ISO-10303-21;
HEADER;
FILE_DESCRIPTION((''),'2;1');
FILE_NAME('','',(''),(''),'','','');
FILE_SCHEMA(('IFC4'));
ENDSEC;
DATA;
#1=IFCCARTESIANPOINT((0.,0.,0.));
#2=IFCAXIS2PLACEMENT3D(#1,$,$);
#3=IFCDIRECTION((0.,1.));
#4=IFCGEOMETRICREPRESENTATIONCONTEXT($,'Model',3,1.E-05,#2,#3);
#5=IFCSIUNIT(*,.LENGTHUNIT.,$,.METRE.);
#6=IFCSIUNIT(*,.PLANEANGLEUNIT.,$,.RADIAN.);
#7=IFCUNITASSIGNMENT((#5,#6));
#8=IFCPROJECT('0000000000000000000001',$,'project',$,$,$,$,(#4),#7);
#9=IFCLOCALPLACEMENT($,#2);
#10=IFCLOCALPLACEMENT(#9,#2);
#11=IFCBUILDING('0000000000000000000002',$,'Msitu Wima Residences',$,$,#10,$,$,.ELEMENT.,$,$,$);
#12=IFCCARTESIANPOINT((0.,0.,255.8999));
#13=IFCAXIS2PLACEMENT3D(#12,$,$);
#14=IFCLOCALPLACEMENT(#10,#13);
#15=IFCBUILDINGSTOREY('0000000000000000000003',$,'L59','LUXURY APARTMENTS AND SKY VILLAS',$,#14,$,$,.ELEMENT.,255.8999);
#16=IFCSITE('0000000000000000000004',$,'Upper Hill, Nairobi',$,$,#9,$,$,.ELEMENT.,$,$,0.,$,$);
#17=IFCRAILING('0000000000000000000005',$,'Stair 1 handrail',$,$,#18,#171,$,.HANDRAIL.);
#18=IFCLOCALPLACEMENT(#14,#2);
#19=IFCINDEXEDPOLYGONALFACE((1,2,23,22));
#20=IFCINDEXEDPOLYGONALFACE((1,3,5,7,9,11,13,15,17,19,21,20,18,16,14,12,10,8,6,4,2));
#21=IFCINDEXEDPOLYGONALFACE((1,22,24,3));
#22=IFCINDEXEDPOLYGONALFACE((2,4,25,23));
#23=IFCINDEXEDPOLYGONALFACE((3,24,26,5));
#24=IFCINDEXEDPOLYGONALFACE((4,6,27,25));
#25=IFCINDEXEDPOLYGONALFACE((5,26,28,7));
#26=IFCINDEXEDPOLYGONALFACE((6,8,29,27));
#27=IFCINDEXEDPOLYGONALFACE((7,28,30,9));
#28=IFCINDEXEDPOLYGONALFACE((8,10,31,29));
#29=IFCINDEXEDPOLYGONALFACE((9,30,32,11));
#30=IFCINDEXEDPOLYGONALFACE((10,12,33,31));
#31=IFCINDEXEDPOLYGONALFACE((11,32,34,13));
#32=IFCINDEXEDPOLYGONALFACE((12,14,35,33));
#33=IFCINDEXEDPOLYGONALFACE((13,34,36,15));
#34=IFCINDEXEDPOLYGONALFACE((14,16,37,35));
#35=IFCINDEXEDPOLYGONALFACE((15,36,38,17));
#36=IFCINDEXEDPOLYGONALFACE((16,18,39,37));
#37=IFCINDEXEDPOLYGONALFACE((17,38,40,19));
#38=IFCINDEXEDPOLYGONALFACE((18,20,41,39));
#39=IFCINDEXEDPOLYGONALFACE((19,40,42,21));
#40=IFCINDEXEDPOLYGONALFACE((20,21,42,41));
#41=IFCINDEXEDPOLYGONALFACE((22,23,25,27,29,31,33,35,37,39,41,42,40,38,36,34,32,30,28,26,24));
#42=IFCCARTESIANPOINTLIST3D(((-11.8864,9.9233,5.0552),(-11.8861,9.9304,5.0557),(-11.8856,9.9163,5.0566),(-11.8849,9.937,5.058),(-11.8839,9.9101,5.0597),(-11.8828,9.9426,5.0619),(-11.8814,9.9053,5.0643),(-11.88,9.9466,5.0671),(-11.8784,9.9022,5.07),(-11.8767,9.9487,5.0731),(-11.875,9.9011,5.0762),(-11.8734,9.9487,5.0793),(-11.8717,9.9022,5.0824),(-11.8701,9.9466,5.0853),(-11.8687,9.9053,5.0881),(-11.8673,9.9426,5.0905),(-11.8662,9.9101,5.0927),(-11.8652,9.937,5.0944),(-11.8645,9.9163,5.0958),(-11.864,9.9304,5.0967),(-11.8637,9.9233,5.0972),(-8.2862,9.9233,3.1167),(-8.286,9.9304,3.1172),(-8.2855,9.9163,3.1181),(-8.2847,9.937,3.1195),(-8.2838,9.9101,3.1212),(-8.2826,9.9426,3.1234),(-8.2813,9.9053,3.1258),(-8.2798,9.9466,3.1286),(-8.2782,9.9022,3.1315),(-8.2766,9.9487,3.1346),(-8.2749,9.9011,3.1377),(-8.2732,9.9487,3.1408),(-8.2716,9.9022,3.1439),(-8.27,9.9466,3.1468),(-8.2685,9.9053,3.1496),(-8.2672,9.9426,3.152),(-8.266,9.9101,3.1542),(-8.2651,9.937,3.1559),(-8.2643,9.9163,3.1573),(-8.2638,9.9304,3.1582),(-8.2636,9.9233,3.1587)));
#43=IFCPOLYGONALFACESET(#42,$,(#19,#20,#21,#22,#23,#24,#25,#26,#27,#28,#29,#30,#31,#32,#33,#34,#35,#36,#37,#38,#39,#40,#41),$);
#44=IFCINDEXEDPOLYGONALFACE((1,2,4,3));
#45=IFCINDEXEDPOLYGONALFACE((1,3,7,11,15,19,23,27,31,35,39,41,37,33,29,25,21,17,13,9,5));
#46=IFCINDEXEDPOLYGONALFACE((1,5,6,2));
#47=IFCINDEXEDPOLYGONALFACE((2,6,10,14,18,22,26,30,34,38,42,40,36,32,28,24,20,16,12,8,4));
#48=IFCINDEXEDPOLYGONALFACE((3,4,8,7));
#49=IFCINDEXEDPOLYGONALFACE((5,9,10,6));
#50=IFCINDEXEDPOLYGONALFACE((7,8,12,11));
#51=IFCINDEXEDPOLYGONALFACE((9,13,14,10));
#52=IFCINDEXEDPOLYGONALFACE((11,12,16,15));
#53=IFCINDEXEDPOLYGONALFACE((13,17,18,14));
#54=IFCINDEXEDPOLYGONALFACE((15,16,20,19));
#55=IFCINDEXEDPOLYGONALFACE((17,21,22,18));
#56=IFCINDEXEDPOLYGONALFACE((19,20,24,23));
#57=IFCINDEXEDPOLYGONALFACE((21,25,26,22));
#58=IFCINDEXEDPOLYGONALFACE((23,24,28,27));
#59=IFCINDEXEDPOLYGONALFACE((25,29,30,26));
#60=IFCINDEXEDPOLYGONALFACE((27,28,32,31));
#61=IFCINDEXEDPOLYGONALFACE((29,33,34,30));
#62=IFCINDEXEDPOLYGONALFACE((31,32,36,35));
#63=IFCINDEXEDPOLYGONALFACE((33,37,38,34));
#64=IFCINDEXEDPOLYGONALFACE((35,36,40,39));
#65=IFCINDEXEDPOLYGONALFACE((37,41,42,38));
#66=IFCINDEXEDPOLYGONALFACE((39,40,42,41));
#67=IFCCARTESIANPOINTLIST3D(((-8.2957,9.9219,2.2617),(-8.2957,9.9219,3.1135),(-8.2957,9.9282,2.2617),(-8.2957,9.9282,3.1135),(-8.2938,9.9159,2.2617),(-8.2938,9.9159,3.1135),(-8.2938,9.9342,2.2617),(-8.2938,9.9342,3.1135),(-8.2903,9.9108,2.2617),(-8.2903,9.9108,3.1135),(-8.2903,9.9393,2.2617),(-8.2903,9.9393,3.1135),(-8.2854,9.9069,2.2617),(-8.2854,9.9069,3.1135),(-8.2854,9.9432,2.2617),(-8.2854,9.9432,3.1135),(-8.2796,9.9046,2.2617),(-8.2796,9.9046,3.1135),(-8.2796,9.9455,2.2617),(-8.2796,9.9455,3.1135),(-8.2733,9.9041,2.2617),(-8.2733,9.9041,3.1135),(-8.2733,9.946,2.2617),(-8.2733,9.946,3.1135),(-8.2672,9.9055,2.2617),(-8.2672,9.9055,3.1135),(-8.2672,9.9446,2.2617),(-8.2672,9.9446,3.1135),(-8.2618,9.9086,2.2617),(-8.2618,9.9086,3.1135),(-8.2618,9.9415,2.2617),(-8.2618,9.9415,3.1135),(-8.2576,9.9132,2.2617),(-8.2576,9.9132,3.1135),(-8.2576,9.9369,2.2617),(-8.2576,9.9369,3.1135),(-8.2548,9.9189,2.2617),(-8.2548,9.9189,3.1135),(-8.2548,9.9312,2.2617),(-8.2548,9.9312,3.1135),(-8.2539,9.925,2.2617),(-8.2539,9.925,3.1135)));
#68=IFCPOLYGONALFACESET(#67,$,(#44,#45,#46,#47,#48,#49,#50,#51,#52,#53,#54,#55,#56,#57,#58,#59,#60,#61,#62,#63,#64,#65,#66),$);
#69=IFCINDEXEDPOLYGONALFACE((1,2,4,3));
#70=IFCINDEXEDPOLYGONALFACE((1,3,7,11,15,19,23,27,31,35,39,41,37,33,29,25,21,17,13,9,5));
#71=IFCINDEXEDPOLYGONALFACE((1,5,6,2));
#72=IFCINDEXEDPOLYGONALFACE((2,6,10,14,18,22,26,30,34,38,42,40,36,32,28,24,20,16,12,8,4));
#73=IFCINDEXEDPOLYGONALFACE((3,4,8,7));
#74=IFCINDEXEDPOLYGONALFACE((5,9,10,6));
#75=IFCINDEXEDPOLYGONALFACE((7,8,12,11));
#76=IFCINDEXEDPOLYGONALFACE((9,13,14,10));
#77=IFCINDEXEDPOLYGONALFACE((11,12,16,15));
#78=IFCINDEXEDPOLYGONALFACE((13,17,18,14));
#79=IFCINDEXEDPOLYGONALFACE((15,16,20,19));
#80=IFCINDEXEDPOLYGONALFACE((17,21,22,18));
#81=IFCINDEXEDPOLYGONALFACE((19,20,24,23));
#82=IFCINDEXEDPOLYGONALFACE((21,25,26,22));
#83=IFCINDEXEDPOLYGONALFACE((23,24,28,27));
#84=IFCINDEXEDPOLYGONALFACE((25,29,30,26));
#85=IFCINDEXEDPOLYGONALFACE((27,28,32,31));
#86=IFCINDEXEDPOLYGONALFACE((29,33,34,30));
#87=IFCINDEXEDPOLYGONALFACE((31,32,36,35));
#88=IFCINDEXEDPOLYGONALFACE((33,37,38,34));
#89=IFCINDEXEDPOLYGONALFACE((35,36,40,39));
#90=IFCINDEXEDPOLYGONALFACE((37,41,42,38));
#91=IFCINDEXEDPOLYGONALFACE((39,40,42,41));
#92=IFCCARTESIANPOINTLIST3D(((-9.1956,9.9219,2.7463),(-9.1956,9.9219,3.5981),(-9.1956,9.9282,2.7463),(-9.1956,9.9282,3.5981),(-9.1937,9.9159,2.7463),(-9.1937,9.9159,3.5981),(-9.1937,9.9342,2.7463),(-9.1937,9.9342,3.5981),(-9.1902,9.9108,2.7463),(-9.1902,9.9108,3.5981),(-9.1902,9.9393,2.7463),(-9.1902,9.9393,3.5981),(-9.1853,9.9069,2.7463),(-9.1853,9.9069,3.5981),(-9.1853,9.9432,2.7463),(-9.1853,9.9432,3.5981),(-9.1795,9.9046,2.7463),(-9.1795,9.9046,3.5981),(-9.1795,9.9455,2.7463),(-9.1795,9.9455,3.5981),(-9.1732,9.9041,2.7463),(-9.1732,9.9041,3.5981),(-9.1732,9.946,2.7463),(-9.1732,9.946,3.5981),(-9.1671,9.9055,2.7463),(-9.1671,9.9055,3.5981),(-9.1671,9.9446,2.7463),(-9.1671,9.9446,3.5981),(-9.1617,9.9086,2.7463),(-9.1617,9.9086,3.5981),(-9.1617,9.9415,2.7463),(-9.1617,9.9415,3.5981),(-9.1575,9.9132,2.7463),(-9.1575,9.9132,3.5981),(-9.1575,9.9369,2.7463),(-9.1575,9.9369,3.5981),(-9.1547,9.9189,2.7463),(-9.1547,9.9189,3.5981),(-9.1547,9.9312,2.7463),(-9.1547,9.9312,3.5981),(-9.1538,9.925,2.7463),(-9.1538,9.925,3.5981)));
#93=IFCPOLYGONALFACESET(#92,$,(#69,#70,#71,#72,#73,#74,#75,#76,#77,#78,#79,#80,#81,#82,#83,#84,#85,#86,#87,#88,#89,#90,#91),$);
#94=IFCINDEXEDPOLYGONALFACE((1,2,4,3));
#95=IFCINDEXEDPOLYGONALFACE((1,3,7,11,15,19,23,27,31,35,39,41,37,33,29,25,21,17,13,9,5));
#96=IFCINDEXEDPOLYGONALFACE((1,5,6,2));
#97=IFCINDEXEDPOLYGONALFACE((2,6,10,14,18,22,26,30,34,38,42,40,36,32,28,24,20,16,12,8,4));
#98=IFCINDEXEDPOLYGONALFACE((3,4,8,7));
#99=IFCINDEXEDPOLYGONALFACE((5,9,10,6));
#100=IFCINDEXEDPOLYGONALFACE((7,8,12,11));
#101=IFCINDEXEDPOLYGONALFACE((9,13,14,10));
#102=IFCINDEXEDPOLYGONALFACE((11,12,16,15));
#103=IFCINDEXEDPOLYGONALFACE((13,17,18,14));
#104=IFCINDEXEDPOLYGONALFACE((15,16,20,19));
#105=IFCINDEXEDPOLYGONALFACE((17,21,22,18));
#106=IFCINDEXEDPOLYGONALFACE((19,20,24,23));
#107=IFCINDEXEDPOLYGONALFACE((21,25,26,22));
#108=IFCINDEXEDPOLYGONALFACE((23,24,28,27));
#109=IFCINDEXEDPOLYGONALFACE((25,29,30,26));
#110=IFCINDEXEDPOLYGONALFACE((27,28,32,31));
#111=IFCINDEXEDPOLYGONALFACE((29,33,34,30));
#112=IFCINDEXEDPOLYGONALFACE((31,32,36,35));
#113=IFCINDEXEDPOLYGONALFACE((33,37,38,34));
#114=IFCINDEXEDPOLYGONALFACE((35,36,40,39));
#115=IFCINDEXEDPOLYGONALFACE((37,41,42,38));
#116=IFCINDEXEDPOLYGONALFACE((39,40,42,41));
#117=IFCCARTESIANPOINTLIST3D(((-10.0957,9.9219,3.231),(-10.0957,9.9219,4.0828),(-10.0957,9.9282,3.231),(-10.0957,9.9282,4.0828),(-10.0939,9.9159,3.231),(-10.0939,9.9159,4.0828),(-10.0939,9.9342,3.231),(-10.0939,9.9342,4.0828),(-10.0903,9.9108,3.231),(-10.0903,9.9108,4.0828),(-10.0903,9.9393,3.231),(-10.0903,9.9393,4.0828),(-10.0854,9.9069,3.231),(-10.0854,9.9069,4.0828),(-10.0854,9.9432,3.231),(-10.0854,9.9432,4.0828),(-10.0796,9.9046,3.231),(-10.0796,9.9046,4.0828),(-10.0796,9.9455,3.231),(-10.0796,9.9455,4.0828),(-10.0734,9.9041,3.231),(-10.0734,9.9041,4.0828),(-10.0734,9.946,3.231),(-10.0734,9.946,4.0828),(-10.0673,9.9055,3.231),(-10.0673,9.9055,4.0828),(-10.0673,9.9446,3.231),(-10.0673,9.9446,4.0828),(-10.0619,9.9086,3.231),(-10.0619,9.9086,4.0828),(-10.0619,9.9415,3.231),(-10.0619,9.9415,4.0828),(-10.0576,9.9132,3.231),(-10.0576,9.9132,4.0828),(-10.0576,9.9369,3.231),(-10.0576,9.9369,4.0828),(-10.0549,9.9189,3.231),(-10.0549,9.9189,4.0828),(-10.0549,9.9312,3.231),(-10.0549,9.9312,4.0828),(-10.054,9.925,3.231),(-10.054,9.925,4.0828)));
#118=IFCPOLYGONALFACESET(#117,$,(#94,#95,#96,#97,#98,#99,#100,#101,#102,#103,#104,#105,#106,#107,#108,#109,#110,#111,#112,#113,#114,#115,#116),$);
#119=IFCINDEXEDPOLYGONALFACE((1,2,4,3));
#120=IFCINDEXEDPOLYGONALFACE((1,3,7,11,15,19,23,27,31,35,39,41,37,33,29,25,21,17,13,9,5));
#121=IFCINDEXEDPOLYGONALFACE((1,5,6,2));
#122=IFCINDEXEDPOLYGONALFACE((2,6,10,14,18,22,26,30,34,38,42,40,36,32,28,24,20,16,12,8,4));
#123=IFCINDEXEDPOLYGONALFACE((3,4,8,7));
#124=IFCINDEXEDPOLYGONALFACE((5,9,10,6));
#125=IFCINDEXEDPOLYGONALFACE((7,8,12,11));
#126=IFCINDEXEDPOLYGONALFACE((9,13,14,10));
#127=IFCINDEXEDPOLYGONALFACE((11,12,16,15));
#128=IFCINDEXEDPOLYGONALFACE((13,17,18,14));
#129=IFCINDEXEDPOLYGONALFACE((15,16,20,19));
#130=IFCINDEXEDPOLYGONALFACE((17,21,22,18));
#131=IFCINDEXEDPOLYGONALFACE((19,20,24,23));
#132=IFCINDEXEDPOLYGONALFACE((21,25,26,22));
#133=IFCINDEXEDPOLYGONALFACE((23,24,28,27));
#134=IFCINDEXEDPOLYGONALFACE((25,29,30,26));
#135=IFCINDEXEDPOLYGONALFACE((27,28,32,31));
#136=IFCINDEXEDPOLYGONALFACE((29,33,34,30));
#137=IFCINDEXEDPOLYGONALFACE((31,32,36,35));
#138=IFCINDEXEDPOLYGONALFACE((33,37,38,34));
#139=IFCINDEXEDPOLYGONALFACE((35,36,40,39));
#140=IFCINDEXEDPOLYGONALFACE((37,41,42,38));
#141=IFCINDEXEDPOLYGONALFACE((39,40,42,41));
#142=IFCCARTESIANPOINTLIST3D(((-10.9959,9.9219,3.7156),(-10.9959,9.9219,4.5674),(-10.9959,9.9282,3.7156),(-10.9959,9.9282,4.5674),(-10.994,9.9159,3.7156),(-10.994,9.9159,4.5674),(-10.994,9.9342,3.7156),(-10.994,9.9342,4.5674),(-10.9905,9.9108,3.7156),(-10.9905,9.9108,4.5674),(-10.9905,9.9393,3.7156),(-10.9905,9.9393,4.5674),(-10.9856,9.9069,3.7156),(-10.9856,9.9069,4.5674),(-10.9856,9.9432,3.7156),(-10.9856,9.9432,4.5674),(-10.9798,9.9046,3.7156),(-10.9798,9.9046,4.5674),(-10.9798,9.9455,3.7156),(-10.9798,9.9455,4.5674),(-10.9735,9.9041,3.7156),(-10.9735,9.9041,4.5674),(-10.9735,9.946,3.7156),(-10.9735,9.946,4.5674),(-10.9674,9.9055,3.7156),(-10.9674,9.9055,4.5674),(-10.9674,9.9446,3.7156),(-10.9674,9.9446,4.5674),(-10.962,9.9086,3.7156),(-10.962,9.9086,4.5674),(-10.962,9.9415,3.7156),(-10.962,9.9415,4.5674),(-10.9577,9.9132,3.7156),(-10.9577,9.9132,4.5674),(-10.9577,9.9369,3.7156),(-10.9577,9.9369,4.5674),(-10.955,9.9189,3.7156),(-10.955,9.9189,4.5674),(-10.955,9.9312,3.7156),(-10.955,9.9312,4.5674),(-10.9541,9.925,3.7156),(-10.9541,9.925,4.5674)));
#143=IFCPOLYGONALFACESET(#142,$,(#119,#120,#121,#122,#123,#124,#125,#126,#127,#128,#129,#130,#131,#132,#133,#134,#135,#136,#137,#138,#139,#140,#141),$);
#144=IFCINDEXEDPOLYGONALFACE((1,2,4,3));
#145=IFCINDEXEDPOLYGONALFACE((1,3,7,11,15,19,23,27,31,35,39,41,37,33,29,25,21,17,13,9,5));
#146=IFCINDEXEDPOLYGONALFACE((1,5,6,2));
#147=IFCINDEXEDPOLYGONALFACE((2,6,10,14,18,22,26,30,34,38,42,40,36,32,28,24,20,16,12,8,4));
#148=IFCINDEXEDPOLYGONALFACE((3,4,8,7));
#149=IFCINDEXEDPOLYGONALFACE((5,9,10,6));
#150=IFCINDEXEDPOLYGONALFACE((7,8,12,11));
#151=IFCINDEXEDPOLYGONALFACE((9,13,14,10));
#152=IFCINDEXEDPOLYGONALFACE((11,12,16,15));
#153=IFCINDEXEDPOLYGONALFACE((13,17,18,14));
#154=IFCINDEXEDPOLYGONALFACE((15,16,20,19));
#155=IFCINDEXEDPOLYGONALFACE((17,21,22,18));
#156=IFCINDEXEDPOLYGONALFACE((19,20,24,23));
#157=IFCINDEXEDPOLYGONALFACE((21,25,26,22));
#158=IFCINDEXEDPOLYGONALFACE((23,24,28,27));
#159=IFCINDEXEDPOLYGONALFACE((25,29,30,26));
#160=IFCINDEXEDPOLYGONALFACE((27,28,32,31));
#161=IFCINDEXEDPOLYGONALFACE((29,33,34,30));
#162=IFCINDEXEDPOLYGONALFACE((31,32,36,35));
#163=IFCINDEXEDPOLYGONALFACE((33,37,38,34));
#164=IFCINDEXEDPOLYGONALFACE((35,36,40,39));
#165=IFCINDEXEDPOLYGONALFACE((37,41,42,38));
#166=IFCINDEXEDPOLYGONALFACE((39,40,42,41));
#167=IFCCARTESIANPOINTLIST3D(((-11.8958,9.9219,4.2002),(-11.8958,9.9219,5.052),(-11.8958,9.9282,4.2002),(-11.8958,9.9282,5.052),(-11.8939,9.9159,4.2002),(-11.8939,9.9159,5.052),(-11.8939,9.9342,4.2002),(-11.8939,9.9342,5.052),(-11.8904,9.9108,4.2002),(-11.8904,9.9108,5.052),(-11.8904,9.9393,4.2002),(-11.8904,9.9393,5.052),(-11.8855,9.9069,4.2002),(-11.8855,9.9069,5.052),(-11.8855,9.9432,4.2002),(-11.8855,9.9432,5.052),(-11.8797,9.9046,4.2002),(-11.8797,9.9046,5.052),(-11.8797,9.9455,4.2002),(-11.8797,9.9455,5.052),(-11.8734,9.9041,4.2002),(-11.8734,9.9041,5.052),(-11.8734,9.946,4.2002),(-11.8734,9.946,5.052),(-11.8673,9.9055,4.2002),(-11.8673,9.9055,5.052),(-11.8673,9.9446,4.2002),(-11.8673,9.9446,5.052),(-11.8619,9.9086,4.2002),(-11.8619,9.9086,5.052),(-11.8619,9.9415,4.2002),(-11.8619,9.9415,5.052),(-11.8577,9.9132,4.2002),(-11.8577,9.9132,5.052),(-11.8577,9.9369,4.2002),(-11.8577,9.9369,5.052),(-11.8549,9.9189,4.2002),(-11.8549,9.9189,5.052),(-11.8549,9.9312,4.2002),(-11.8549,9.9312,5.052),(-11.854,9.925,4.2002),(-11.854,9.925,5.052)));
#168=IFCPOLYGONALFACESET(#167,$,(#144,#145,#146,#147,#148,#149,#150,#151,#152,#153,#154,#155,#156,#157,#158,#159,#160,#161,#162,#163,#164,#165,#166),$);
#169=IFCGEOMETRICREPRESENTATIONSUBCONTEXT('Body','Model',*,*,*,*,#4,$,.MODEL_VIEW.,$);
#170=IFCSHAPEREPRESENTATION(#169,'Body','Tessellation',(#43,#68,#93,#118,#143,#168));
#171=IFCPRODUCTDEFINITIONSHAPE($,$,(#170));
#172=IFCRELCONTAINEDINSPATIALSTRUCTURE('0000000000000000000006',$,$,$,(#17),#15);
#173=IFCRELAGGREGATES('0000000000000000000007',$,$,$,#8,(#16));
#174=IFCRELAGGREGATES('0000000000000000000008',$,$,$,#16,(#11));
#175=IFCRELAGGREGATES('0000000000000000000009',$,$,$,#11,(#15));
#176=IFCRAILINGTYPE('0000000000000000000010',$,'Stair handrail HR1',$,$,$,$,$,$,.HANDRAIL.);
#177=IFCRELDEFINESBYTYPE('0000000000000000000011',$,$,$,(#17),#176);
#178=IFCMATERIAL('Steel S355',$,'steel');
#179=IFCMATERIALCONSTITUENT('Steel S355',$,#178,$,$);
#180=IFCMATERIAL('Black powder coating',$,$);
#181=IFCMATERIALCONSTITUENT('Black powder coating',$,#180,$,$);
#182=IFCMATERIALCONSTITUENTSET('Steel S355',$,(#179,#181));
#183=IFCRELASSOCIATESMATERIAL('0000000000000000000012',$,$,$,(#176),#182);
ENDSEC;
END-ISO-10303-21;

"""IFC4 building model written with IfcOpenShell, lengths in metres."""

from ifc_helpers import new_model, si_unit, direction, frame, origin, origin_2d, place, context, subcontext, project, spatial, circle, extrude, material, constituent, constituent_set, type_object, element, save


model = new_model("IFC4")

# Units and contexts
model_context = context("Model", 3, precision=1e-05, world=origin(), true_north=direction((0.0, 1.0)))
body_context = subcontext(model_context, "Body", "Model", "MODEL_VIEW")
ifc_project = project(units=[si_unit("LENGTHUNIT", "METRE"), si_unit("PLANEANGLEUNIT", "RADIAN")], contexts=[model_context])

# Site, building, storey
site_placement = place(None, origin())
site = spatial("IfcSite", under=ifc_project, at=site_placement, Name="Upper Hill, Nairobi", CompositionType="ELEMENT", RefElevation=0.0)
building_placement = place(site_placement, origin())
building = spatial("IfcBuilding", under=site, at=building_placement, Name="Msitu Wima Residences", CompositionType="ELEMENT")
storey_placement = place(building_placement, frame((0.0, 0.0, 255.8999)))
storey = spatial("IfcBuildingStorey", under=building, at=storey_placement, Name="L59", Description="LUXURY APARTMENTS AND SKY VILLAS", CompositionType="ELEMENT", Elevation=255.8999)

# Railing
ifc_material_1 = material(Name="Steel S355", Category="steel")
ifc_constituent_1 = constituent(ifc_material_1, Name="Steel S355")
ifc_material_2 = material(Name="Black powder coating")
ifc_constituent_2 = constituent(ifc_material_2, Name="Black powder coating")
ifc_constituent_set = constituent_set(constituents=[ifc_constituent_1, ifc_constituent_2], Name="Steel S355")
railing_type = type_object("IfcRailingType", Name="Stair handrail HR1", PredefinedType="HANDRAIL", material=ifc_constituent_set)
for number, where, name in (
    (1, (-8.2749, 9.925, 2.2617), "Stair 1 handrail"),
):
    element("IfcRailing", number, at=place(storey_placement, frame(where)), inside=storey, type_object=railing_type, Name=name, PredefinedType="HANDRAIL", context=body_context, shape_type="SweptSolid", body=[
        extrude(circle(Radius=0.0239, at=origin_2d()), frame((0.0, 0.0, 0.876), z_axis=(-0.880475, 0.0, 0.474093), x_axis=(0.0, -1.0, 0.0)), (0.0, 0.0, 1.0), 4.0889),
        extrude(circle(Radius=0.021, at=origin_2d()), origin(), (0.0, 0.0, 1.0), 0.8518),
        extrude(circle(Radius=0.021, at=origin_2d()), frame((-0.8999, 0.0, 0.4846)), (0.0, 0.0, 1.0), 0.8518),
        extrude(circle(Radius=0.021, at=origin_2d()), frame((-1.8, 0.0, 0.9692)), (0.0, 0.0, 1.0), 0.8518),
        extrude(circle(Radius=0.021, at=origin_2d()), frame((-2.7002, 0.0, 1.4539)), (0.0, 0.0, 1.0), 0.8518),
        extrude(circle(Radius=0.021, at=origin_2d()), frame((-3.6001, 0.0, 1.9385)), (0.0, 0.0, 1.0), 0.8518),
    ])

save(model, "model.ifc")
